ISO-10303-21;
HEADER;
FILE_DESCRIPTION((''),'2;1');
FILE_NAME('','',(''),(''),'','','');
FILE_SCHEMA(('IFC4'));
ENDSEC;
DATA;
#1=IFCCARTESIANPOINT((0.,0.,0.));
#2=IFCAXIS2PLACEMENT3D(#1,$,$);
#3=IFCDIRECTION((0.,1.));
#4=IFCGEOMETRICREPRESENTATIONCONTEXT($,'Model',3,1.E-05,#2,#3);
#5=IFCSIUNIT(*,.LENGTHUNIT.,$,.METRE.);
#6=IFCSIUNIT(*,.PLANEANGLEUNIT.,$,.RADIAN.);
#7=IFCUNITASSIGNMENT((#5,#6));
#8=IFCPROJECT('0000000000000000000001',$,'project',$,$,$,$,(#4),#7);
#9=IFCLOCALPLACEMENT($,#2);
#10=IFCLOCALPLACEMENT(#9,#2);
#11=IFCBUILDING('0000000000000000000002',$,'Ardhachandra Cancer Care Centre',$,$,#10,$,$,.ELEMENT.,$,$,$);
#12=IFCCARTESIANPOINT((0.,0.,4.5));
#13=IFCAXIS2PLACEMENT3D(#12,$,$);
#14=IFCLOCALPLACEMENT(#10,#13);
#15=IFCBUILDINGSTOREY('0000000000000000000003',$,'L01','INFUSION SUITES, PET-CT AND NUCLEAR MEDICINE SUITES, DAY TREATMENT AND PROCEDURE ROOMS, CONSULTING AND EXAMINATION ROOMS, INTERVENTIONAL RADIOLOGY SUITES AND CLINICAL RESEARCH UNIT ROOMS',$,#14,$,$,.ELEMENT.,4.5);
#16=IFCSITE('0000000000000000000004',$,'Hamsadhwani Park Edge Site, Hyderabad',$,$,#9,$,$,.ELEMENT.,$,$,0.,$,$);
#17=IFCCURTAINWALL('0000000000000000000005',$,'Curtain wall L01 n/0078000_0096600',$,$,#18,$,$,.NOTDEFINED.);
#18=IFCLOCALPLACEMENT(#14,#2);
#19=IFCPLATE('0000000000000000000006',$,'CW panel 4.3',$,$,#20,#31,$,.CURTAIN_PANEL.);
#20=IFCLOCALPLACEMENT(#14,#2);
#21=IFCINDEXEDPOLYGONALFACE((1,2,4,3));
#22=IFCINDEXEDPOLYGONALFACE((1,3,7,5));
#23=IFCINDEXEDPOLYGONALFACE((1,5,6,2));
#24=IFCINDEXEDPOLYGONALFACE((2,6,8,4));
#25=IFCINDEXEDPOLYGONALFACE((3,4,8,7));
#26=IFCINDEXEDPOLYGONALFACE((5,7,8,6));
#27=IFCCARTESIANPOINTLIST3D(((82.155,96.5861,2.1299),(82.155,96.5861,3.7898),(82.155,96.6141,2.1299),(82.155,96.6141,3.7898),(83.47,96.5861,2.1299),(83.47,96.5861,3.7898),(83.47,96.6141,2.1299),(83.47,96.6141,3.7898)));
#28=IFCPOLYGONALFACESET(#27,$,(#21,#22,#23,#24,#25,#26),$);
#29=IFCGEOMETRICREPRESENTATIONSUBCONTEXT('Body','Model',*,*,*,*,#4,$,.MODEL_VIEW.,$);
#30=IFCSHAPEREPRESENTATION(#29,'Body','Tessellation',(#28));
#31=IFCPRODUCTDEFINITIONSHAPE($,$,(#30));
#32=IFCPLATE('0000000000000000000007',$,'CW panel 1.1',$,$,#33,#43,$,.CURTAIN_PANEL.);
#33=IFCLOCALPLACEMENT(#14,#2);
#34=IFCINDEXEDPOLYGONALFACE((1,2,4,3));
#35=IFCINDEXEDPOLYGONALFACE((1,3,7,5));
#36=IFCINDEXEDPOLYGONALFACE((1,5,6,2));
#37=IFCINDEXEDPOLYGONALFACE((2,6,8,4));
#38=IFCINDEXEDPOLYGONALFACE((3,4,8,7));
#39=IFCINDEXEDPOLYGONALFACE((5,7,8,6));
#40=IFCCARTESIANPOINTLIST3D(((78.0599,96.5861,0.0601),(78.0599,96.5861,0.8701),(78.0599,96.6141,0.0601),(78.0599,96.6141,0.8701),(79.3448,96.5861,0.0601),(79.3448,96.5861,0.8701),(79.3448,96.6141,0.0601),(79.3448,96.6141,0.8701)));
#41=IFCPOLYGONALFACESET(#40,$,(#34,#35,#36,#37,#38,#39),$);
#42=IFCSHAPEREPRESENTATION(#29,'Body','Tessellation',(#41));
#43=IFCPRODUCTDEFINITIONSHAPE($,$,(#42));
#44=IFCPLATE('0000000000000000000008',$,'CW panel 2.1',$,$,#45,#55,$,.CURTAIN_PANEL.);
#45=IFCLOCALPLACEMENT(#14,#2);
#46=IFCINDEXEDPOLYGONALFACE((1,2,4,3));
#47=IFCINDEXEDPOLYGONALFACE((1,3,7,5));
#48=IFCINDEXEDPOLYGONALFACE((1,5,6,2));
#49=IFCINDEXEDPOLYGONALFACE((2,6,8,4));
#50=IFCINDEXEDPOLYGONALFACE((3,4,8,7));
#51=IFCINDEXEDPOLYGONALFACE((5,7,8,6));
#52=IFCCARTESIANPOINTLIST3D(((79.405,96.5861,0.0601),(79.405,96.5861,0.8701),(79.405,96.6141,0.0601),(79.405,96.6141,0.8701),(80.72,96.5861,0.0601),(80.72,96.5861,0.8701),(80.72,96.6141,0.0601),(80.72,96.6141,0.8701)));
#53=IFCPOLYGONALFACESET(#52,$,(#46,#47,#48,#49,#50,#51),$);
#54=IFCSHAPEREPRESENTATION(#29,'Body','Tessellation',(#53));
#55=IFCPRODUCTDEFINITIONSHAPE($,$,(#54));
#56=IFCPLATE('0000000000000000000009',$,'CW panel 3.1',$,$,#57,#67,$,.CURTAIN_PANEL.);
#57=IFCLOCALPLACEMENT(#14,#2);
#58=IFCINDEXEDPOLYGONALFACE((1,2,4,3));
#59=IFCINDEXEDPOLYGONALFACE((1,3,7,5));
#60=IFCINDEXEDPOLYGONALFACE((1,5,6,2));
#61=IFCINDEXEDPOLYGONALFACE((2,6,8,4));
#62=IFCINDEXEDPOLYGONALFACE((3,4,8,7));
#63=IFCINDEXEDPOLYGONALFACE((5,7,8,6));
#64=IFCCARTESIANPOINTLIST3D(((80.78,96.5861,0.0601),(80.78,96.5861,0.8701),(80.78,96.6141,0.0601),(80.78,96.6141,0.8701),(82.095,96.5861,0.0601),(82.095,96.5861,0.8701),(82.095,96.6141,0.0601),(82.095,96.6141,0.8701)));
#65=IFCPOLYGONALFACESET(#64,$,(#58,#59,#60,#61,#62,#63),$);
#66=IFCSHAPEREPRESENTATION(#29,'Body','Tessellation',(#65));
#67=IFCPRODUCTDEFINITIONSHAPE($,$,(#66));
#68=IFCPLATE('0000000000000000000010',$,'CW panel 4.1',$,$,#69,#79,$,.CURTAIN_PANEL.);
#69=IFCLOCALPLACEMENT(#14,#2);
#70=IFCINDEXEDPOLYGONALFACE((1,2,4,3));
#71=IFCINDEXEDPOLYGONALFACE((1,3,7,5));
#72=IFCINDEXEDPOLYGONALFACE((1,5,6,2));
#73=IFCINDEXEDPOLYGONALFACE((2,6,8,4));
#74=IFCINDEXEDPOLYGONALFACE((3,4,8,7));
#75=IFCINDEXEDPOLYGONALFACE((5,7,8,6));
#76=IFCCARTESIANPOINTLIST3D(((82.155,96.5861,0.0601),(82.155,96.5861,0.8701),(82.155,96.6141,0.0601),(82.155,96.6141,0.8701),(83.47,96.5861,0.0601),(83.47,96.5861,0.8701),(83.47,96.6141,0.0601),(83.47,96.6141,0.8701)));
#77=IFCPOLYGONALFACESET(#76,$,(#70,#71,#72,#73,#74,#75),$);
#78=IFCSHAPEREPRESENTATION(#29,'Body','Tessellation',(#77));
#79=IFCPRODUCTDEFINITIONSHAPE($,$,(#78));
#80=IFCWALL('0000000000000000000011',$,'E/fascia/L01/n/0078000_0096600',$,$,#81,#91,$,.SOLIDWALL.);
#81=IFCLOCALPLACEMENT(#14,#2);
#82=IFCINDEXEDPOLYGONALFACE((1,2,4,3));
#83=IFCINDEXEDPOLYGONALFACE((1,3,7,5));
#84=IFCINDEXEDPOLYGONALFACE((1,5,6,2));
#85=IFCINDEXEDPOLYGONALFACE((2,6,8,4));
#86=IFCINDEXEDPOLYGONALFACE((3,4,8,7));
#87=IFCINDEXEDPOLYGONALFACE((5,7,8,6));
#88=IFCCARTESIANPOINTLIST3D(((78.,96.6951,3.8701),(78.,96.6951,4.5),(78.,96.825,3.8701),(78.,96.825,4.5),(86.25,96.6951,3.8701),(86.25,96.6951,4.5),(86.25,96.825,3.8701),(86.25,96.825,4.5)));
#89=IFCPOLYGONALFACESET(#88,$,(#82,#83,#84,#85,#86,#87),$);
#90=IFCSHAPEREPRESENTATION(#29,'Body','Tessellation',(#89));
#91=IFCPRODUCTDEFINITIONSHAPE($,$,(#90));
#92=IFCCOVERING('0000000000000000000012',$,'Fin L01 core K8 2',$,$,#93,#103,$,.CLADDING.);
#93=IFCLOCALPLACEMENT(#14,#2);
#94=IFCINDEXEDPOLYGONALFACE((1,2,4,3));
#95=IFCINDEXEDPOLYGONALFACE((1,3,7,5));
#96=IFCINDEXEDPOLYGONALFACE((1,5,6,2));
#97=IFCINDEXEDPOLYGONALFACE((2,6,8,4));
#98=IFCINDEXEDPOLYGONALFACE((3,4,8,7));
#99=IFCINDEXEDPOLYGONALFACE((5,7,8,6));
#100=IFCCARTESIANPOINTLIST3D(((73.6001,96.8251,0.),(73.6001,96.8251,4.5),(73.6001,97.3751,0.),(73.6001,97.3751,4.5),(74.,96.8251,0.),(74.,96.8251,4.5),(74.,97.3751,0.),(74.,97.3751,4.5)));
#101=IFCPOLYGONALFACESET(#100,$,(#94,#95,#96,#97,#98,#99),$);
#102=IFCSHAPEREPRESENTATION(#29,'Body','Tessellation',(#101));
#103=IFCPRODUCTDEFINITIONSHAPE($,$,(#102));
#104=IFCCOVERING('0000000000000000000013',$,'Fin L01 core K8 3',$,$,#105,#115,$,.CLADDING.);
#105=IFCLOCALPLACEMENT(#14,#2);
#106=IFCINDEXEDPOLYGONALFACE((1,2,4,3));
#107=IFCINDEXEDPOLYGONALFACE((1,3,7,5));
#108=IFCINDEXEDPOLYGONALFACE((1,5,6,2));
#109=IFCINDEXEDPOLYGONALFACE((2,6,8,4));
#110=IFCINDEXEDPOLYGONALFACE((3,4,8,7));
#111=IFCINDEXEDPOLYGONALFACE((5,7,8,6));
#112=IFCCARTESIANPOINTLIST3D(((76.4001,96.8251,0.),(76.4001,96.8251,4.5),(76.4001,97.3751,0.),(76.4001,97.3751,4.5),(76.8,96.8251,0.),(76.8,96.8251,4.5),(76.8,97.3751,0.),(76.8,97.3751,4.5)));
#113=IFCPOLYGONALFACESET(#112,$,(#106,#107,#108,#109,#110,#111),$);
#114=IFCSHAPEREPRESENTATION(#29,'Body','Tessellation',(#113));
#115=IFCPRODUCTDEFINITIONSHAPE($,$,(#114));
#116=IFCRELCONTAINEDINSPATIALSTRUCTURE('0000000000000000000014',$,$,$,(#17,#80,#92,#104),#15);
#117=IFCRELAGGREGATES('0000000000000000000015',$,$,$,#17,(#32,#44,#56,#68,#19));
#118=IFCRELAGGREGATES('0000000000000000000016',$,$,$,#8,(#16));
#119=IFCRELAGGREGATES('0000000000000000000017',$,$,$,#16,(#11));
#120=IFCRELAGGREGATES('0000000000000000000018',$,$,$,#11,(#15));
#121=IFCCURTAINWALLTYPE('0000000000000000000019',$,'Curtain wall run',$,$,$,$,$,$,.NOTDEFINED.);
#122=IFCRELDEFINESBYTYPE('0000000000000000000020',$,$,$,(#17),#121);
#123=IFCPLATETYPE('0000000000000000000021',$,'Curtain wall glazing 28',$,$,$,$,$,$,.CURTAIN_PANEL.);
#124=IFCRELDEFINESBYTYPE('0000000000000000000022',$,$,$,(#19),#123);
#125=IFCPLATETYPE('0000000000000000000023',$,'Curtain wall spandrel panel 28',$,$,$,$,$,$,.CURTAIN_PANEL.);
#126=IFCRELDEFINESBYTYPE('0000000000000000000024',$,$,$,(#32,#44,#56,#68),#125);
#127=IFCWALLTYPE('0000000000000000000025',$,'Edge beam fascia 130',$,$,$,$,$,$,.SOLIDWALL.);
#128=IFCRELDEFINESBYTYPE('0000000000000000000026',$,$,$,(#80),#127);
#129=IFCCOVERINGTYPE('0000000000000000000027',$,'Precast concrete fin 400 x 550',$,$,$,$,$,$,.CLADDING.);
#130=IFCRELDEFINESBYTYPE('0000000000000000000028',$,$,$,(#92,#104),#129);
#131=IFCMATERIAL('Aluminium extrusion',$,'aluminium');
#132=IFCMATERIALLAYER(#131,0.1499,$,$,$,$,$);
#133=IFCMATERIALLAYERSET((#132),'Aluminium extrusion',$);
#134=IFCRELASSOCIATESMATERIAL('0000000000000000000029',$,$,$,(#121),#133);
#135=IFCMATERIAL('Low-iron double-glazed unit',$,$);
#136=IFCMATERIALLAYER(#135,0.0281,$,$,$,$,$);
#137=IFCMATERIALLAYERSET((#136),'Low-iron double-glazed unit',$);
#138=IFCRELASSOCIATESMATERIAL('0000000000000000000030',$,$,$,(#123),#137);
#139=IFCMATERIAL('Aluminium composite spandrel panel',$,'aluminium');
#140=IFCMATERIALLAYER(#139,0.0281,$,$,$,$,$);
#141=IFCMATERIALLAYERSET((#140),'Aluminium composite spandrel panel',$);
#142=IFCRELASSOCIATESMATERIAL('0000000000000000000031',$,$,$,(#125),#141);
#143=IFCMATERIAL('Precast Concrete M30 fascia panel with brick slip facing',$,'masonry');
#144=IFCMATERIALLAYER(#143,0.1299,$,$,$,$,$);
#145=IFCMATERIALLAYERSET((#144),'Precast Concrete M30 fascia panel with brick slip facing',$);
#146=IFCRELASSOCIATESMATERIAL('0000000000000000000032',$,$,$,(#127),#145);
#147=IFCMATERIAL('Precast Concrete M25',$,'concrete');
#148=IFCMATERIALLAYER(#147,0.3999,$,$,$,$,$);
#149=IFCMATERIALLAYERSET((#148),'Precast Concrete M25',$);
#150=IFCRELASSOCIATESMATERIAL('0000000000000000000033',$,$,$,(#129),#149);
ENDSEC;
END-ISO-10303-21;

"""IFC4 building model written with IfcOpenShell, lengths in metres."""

from ifc_helpers import new_model, si_unit, direction, frame, frame_2d, origin, origin_2d, place, context, subcontext, project, spatial, rectangle, extrude, material, layer, layer_set, type_object, element, aggregate, save


model = new_model("IFC4")

# Units and contexts
model_context = context("Model", 3, precision=1e-05, world=origin(), true_north=direction((0.0, 1.0)))
body_context = subcontext(model_context, "Body", "Model", "MODEL_VIEW")
ifc_project = project(units=[si_unit("LENGTHUNIT", "METRE"), si_unit("PLANEANGLEUNIT", "RADIAN")], contexts=[model_context])

# Site, building, storey
site_placement = place(None, origin())
site = spatial("IfcSite", under=ifc_project, at=site_placement, Name="Hamsadhwani Park Edge Site, Hyderabad", CompositionType="ELEMENT", RefElevation=0.0)
building_placement = place(site_placement, origin())
building = spatial("IfcBuilding", under=site, at=building_placement, Name="Ardhachandra Cancer Care Centre", CompositionType="ELEMENT")
storey_placement = place(building_placement, frame((0.0, 0.0, 4.5)))
storey = spatial("IfcBuildingStorey", under=building, at=storey_placement, Name="L01", Description="INFUSION SUITES, PET-CT AND NUCLEAR MEDICINE SUITES, DAY TREATMENT AND PROCEDURE ROOMS, CONSULTING AND EXAMINATION ROOMS, INTERVENTIONAL RADIOLOGY SUITES AND CLINICAL RESEARCH UNIT ROOMS", CompositionType="ELEMENT", Elevation=4.5)

# Curtain wall, plates
ifc_material_1 = material(Name="Aluminium extrusion", Category="aluminium")
ifc_layer_1 = layer(ifc_material_1, 0.1499)
ifc_layer_set_1 = layer_set([ifc_layer_1], Name="Aluminium extrusion")
curtain_wall_type = type_object("IfcCurtainWallType", Name="Curtain wall run", PredefinedType="NOTDEFINED", material=ifc_layer_set_1)
curtain_wall_placement = place(storey_placement, origin())
curtain_wall = element("IfcCurtainWall", 1, at=curtain_wall_placement, inside=storey, type_object=curtain_wall_type, Name="Curtain wall L01 n/0078000_0096600", PredefinedType="NOTDEFINED")
ifc_material_2 = material(Name="Low-iron double-glazed unit")
ifc_layer_2 = layer(ifc_material_2, 0.0281)
ifc_layer_set_2 = layer_set([ifc_layer_2], Name="Low-iron double-glazed unit")
plate_type_1 = type_object("IfcPlateType", Name="Curtain wall glazing 28", PredefinedType="CURTAIN_PANEL", material=ifc_layer_set_2)
plate_1_placement = place(storey_placement, frame((82.8125, 96.6001, 2.1299), z_axis=(0.0, 0.0, 1.0), x_axis=(1.0, 0.0, 0.0)))
plate_1 = element("IfcPlate", 2, at=plate_1_placement, type_object=plate_type_1, Name="CW panel 4.3", PredefinedType="CURTAIN_PANEL", context=body_context, shape_type="SweptSolid", body=[
    extrude(rectangle(XDim=1.3149, YDim=0.0281, at=origin_2d()), origin(), (0.0, 0.0, 1.0), 1.6599),
])
ifc_material_3 = material(Name="Aluminium composite spandrel panel", Category="aluminium")
ifc_layer_3 = layer(ifc_material_3, 0.0281)
ifc_layer_set_3 = layer_set([ifc_layer_3], Name="Aluminium composite spandrel panel")
plate_type_2 = type_object("IfcPlateType", Name="Curtain wall spandrel panel 28", PredefinedType="CURTAIN_PANEL", material=ifc_layer_set_3)
plate_2_placement = place(storey_placement, frame((78.7024, 96.6001, 0.0601), z_axis=(0.0, 0.0, 1.0), x_axis=(1.0, 0.0, 0.0)))
plate_2 = element("IfcPlate", 3, at=plate_2_placement, type_object=plate_type_2, Name="CW panel 1.1", PredefinedType="CURTAIN_PANEL", context=body_context, shape_type="SweptSolid", body=[
    extrude(rectangle(XDim=1.2849, YDim=0.0281, at=origin_2d()), origin(), (0.0, 0.0, 1.0), 0.8101),
])
plate_3_placement = place(storey_placement, frame((80.0625, 96.6001, 0.0601), z_axis=(0.0, 0.0, 1.0), x_axis=(1.0, 0.0, 0.0)))
plate_3 = element("IfcPlate", 4, at=plate_3_placement, type_object=plate_type_2, Name="CW panel 2.1", PredefinedType="CURTAIN_PANEL", context=body_context, shape_type="SweptSolid", body=[
    extrude(rectangle(XDim=1.3149, YDim=0.0281, at=origin_2d()), origin(), (0.0, 0.0, 1.0), 0.8101),
])
plate_4_placement = place(storey_placement, frame((81.4375, 96.6001, 0.0601), z_axis=(0.0, 0.0, 1.0), x_axis=(1.0, 0.0, 0.0)))
plate_4 = element("IfcPlate", 5, at=plate_4_placement, type_object=plate_type_2, Name="CW panel 3.1", PredefinedType="CURTAIN_PANEL", context=body_context, shape_type="SweptSolid", body=[
    extrude(rectangle(XDim=1.3149, YDim=0.0281, at=origin_2d()), origin(), (0.0, 0.0, 1.0), 0.8101),
])
plate_5_placement = place(storey_placement, frame((82.8125, 96.6001, 0.0601), z_axis=(0.0, 0.0, 1.0), x_axis=(1.0, 0.0, 0.0)))
plate_5 = element("IfcPlate", 6, at=plate_5_placement, type_object=plate_type_2, Name="CW panel 4.1", PredefinedType="CURTAIN_PANEL", context=body_context, shape_type="SweptSolid", body=[
    extrude(rectangle(XDim=1.3149, YDim=0.0281, at=origin_2d()), origin(), (0.0, 0.0, 1.0), 0.8101),
])
aggregate(curtain_wall, [plate_2, plate_3, plate_4, plate_5, plate_1])

# Wall
ifc_material_4 = material(Name="Precast Concrete M30 fascia panel with brick slip facing", Category="masonry")
ifc_layer_4 = layer(ifc_material_4, 0.1299)
ifc_layer_set_4 = layer_set([ifc_layer_4], Name="Precast Concrete M30 fascia panel with brick slip facing")
wall_type = type_object("IfcWallType", Name="Edge beam fascia 130", PredefinedType="SOLIDWALL", material=ifc_layer_set_4)
wall_placement = place(storey_placement, frame((78.0, 96.76, 3.8701), z_axis=(0.0, 0.0, 1.0), x_axis=(1.0, 0.0, 0.0)))
element("IfcWall", 7, at=wall_placement, inside=storey, type_object=wall_type, Name="E/fascia/L01/n/0078000_0096600", PredefinedType="SOLIDWALL", context=body_context, shape_type="SweptSolid", body=[
    extrude(rectangle(XDim=8.25, YDim=0.1299, at=frame_2d((4.125, 0.0))), origin(), (0.0, 0.0, 1.0), 0.6299),
])

# Coverings
ifc_material_5 = material(Name="Precast Concrete M25", Category="concrete")
ifc_layer_5 = layer(ifc_material_5, 0.3999)
ifc_layer_set_5 = layer_set([ifc_layer_5], Name="Precast Concrete M25")
covering_type = type_object("IfcCoveringType", Name="Precast concrete fin 400 x 550", PredefinedType="CLADDING", material=ifc_layer_set_5)
for number, where, z_axis, x_axis, name in (
    (8, (73.8, 97.1001, 0.0), (0.0, 0.0, 1.0), (1.0, 0.0, 0.0), "Fin L01 core K8 2"),
    (9, (76.6001, 97.1001, 0.0), (0.0, 0.0, 1.0), (1.0, 0.0, 0.0), "Fin L01 core K8 3"),
):
    element("IfcCovering", number, at=place(storey_placement, frame(where, z_axis=z_axis, x_axis=x_axis)), inside=storey, type_object=covering_type, Name=name, PredefinedType="CLADDING", context=body_context, shape_type="SweptSolid", body=[
        extrude(rectangle(XDim=0.3999, YDim=0.55, at=origin_2d()), origin(), (0.0, 0.0, 1.0), 4.5),
    ])

save(model, "model.ifc")
